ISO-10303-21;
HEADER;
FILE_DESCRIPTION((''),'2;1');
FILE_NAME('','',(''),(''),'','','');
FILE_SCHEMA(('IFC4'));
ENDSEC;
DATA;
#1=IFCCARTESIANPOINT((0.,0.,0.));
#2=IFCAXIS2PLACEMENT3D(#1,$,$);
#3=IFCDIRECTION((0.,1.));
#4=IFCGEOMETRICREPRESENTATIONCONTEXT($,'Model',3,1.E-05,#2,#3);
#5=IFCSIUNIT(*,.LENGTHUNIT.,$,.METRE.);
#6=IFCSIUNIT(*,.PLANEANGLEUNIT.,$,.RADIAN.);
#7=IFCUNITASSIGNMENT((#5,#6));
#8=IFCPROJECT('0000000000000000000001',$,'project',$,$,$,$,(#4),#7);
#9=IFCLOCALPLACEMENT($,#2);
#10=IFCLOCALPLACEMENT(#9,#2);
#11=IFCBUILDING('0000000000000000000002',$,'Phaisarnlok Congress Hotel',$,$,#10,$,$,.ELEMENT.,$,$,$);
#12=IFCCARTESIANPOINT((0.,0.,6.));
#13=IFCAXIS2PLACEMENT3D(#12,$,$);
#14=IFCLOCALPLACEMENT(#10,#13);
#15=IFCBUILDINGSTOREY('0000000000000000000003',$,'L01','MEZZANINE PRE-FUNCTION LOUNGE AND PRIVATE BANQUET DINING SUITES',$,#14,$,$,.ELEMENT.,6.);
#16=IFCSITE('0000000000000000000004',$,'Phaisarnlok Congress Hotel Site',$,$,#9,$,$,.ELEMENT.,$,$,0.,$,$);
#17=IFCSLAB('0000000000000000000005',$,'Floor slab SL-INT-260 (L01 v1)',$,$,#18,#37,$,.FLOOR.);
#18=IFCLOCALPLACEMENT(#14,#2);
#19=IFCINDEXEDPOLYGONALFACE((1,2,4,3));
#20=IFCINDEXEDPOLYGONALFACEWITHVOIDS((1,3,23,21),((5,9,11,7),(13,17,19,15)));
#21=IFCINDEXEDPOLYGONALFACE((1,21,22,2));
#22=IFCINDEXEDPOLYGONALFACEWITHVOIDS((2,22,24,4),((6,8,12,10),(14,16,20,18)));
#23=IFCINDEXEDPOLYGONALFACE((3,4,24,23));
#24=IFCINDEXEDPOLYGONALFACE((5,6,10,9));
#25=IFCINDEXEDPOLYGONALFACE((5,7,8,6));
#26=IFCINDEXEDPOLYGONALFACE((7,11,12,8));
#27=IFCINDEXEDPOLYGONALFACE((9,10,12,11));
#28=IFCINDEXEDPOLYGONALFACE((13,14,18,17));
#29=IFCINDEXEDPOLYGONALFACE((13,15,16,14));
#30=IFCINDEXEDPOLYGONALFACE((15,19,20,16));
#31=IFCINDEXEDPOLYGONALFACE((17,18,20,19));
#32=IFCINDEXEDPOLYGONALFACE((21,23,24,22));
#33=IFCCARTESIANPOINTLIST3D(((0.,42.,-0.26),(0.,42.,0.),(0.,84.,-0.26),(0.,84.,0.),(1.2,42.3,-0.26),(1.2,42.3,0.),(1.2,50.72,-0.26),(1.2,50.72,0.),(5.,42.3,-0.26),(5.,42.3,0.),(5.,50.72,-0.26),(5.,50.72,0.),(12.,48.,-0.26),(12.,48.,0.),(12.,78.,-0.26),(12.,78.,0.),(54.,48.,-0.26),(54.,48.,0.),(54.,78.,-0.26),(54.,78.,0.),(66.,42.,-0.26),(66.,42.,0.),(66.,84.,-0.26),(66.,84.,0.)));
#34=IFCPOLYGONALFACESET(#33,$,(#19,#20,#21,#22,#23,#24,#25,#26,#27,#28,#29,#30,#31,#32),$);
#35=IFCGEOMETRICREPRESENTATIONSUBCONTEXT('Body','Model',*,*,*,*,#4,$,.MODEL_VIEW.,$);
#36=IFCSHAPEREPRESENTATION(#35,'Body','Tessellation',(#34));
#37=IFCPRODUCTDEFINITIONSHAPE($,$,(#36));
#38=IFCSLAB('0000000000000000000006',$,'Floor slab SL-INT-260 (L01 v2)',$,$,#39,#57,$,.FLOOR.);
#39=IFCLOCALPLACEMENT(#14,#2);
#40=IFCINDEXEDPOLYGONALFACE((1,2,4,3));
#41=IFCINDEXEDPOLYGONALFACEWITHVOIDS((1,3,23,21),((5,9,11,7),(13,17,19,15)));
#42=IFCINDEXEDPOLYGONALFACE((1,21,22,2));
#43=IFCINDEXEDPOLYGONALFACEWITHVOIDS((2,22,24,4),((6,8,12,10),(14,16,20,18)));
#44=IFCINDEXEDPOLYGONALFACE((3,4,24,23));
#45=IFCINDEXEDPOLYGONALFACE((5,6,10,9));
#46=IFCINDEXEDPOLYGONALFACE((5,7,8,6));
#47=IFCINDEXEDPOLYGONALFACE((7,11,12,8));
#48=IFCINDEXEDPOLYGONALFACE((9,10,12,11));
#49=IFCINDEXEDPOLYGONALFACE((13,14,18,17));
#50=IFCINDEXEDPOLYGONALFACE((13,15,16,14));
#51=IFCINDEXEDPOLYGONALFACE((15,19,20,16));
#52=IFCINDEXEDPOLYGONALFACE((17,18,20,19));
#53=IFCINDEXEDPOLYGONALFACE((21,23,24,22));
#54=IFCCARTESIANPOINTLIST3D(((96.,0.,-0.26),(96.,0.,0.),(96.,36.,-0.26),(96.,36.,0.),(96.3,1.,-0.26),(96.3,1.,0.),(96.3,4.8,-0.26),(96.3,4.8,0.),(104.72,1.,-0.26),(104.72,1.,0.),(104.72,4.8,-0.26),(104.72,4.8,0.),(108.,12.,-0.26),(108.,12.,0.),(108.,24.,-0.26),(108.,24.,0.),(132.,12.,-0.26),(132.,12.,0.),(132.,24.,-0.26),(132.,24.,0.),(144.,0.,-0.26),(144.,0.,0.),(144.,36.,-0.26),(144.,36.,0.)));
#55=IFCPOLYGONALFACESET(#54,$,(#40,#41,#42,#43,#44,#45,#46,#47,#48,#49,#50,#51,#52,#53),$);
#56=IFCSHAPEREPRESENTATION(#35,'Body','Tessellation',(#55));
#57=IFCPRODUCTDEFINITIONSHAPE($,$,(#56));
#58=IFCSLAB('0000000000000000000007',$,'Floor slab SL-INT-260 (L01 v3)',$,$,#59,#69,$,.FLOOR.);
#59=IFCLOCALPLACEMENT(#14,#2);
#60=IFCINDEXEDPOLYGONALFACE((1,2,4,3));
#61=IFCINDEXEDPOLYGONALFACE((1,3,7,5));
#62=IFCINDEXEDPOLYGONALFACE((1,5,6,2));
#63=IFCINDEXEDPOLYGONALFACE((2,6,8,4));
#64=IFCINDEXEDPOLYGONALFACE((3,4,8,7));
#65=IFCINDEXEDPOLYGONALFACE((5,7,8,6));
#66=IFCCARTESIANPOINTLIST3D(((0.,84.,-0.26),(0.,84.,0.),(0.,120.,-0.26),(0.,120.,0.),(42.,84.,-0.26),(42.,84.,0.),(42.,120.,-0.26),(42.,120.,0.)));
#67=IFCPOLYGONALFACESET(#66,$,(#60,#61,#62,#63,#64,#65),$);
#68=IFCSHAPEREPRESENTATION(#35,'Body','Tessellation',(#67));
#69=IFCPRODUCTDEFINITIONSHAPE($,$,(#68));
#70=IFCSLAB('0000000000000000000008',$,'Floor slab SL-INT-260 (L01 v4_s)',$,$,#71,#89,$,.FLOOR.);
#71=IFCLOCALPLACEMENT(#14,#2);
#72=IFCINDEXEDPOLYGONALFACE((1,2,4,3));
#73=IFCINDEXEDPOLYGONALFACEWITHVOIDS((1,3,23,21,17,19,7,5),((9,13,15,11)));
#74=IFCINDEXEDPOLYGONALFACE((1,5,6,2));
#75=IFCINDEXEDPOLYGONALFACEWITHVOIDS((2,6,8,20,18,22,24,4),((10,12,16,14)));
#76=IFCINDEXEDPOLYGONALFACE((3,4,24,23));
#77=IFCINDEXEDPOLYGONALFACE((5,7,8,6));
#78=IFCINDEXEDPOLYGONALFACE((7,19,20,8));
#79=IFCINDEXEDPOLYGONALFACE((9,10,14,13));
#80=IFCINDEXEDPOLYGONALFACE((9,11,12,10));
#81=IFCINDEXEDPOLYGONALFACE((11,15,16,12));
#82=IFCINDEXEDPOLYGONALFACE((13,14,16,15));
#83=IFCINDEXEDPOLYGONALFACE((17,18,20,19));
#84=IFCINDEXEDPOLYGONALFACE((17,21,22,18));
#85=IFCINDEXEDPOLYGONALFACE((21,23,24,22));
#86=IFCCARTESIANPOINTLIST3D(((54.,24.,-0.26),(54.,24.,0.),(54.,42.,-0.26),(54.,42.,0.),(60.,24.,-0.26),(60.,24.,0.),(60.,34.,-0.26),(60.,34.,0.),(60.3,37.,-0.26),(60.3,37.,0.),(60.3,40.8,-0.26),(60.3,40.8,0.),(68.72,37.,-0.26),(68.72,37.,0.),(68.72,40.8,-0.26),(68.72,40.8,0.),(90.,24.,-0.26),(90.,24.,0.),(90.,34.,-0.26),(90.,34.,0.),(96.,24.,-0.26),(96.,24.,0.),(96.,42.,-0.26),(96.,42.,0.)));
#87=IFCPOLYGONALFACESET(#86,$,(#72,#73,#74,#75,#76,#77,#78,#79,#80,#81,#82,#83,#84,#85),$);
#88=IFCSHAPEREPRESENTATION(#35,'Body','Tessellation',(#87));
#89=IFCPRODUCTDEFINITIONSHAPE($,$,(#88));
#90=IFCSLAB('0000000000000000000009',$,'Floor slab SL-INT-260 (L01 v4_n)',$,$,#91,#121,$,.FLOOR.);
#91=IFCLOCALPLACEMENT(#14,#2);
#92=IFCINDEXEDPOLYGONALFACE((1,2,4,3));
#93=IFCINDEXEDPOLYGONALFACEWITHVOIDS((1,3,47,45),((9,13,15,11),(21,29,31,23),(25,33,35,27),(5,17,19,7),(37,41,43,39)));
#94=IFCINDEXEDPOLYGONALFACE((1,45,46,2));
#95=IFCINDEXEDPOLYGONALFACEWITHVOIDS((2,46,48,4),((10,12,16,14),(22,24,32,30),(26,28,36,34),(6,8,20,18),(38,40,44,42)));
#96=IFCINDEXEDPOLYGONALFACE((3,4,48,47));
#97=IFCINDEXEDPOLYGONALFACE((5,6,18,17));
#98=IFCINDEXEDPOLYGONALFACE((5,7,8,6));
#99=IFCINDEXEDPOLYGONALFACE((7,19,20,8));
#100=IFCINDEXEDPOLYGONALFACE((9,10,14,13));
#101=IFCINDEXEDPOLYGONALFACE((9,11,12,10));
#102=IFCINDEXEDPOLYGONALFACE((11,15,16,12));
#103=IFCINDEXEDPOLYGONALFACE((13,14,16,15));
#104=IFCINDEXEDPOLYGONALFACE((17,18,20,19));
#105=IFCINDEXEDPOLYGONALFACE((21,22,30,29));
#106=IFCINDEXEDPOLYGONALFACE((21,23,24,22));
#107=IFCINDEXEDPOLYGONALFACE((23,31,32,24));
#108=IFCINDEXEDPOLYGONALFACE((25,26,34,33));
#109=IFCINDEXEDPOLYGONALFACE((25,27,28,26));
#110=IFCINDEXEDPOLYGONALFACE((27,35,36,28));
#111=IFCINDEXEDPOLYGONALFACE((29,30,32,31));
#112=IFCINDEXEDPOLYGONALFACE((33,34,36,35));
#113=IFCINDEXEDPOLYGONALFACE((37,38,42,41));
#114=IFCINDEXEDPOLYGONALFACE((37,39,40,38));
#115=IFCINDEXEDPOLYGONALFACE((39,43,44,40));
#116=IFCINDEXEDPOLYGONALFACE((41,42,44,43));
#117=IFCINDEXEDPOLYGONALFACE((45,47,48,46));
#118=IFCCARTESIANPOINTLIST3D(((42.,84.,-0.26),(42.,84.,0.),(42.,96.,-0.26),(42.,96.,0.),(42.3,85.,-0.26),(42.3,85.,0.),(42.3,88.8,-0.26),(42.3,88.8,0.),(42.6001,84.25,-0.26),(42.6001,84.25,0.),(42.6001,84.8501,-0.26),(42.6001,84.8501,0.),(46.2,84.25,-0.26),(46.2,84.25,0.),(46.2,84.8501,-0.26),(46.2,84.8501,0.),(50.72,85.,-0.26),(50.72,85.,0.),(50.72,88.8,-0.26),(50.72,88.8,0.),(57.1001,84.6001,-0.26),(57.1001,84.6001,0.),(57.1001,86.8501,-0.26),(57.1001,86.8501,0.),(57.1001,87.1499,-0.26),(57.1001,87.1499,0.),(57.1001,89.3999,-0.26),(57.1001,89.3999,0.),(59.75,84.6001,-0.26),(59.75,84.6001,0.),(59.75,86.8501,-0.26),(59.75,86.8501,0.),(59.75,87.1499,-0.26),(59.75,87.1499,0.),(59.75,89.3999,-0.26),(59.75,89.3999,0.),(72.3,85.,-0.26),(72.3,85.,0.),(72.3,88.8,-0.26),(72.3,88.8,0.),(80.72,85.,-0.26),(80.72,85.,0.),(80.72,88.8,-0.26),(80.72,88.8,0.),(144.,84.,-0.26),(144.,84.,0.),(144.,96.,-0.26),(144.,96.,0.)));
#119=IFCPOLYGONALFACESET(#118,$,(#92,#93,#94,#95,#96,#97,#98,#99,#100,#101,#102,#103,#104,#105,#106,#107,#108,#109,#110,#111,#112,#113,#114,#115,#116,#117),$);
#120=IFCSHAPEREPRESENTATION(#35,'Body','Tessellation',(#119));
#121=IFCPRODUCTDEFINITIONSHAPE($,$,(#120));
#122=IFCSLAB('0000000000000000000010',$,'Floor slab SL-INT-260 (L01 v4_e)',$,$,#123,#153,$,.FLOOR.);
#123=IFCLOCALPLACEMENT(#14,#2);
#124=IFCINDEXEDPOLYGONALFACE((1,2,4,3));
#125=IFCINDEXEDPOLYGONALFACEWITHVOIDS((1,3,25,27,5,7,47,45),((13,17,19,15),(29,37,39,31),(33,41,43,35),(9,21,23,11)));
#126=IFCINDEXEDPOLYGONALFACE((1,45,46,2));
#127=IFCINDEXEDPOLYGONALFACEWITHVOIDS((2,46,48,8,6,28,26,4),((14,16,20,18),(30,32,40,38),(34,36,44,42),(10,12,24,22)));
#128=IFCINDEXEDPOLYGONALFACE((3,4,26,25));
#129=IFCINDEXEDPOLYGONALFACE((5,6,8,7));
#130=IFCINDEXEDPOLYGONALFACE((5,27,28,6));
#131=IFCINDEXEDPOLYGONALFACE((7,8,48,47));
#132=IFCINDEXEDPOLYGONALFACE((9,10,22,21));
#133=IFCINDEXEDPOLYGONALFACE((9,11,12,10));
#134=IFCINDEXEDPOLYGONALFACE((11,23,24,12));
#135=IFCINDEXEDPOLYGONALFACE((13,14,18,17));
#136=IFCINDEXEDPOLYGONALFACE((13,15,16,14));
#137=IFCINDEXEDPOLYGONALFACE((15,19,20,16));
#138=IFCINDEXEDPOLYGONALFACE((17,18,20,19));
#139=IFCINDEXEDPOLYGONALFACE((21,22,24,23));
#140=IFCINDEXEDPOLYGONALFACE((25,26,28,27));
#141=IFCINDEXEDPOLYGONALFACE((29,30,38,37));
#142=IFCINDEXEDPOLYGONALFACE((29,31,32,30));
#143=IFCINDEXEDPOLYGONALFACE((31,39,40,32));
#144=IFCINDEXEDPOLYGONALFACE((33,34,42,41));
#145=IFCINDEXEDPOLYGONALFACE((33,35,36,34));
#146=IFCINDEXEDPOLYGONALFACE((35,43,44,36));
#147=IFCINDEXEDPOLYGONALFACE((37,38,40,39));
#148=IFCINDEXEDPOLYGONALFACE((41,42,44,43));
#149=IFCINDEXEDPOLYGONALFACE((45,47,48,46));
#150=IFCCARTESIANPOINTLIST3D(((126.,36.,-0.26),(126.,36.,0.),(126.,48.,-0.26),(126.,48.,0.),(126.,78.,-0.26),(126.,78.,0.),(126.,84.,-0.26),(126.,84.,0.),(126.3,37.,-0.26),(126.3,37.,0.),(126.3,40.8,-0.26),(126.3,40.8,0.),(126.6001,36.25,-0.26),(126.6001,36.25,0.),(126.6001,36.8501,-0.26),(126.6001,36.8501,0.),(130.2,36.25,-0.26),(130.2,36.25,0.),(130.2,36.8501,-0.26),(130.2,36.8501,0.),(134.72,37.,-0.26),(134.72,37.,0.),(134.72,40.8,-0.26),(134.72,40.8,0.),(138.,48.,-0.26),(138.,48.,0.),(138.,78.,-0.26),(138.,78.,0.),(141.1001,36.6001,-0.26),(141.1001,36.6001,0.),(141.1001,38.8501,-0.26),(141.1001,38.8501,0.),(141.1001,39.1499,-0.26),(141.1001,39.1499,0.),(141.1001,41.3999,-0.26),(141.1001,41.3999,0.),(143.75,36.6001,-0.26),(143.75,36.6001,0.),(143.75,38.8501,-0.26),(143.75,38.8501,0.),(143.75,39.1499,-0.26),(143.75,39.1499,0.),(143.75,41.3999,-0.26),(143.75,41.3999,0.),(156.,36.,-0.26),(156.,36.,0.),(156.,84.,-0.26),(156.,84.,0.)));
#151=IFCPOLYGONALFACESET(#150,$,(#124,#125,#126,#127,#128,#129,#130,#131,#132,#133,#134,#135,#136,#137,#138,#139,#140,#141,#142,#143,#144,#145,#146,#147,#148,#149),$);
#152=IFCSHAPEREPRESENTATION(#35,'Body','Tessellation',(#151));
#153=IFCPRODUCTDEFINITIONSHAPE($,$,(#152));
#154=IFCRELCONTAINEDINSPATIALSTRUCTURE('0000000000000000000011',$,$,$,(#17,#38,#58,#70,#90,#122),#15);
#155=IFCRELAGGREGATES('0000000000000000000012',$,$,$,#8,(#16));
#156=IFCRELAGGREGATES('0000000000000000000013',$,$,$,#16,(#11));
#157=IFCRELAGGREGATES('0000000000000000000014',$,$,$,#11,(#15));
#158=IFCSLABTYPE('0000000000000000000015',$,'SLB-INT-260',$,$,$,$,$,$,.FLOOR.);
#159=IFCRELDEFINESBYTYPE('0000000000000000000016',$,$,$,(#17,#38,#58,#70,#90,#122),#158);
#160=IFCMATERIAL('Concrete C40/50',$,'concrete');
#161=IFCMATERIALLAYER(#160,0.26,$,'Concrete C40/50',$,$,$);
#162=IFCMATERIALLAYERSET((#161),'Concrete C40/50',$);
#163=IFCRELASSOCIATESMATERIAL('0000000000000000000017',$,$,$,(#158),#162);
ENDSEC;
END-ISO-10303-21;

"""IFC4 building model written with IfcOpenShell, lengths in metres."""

from ifc_helpers import new_model, si_unit, direction, frame, origin, place, context, subcontext, project, spatial, polyline, outline, extrude, material, layer, layer_set, type_object, element, save


model = new_model("IFC4")

# Units and contexts
model_context = context("Model", 3, precision=1e-05, world=origin(), true_north=direction((0.0, 1.0)))
body_context = subcontext(model_context, "Body", "Model", "MODEL_VIEW")
ifc_project = project(units=[si_unit("LENGTHUNIT", "METRE"), si_unit("PLANEANGLEUNIT", "RADIAN")], contexts=[model_context])

# Site, building, storey
site_placement = place(None, origin())
site = spatial("IfcSite", under=ifc_project, at=site_placement, Name="Phaisarnlok Congress Hotel Site", CompositionType="ELEMENT", RefElevation=0.0)
building_placement = place(site_placement, origin())
building = spatial("IfcBuilding", under=site, at=building_placement, Name="Phaisarnlok Congress Hotel", CompositionType="ELEMENT")
storey_placement = place(building_placement, frame((0.0, 0.0, 6.0)))
storey = spatial("IfcBuildingStorey", under=building, at=storey_placement, Name="L01", Description="MEZZANINE PRE-FUNCTION LOUNGE AND PRIVATE BANQUET DINING SUITES", CompositionType="ELEMENT", Elevation=6.0)

# Slabs
ifc_material_1 = material(Name="Concrete C40/50", Category="concrete")
ifc_layer_1 = layer(ifc_material_1, 0.26, Name="Concrete C40/50")
ifc_layer_set_1 = layer_set([ifc_layer_1], Name="Concrete C40/50")
slab_type_1 = type_object("IfcSlabType", Name="SLB-INT-260", PredefinedType="FLOOR", material=ifc_layer_set_1)
slab_1_placement = place(storey_placement, frame((0.0, 0.0, -0.26)))
element("IfcSlab", 1, at=slab_1_placement, inside=storey, type_object=slab_type_1, Name="Floor slab SL-INT-260 (L01 v1)", PredefinedType="FLOOR", context=body_context, shape_type="SweptSolid", body=[
    extrude(outline(polyline([(66.0, 42.0), (66.0, 84.0), (0.0, 84.0), (0.0, 42.0), (66.0, 42.0)]), holes=[polyline([(12.0, 48.0), (54.0, 48.0), (54.0, 78.0), (12.0, 78.0), (12.0, 48.0)]), polyline([(1.2, 50.72), (1.2, 42.3), (5.0, 42.3), (5.0, 50.72), (1.2, 50.72)])]), origin(), (0.0, 0.0, 1.0), 0.26),
])
slab_2_placement = place(storey_placement, frame((0.0, 0.0, -0.26)))
element("IfcSlab", 2, at=slab_2_placement, inside=storey, type_object=slab_type_1, Name="Floor slab SL-INT-260 (L01 v2)", PredefinedType="FLOOR", context=body_context, shape_type="SweptSolid", body=[
    extrude(outline(polyline([(144.0, 0.0), (144.0, 36.0), (96.0, 36.0), (96.0, 0.0), (144.0, 0.0)]), holes=[polyline([(108.0, 12.0), (132.0, 12.0), (132.0, 24.0), (108.0, 24.0), (108.0, 12.0)]), polyline([(104.72, 4.8), (96.3, 4.8), (96.3, 1.0), (104.72, 1.0), (104.72, 4.8)])]), origin(), (0.0, 0.0, 1.0), 0.26),
])
slab_3_placement = place(storey_placement, frame((0.0, 0.0, -0.26)))
element("IfcSlab", 3, at=slab_3_placement, inside=storey, type_object=slab_type_1, Name="Floor slab SL-INT-260 (L01 v3)", PredefinedType="FLOOR", context=body_context, shape_type="SweptSolid", body=[
    extrude(outline(polyline([(42.0, 84.0), (42.0, 120.0), (0.0, 120.0), (0.0, 84.0), (42.0, 84.0)])), origin(), (0.0, 0.0, 1.0), 0.26),
])
slab_4_placement = place(storey_placement, frame((0.0, 0.0, -0.26)))
element("IfcSlab", 4, at=slab_4_placement, inside=storey, type_object=slab_type_1, Name="Floor slab SL-INT-260 (L01 v4_s)", PredefinedType="FLOOR", context=body_context, shape_type="SweptSolid", body=[
    extrude(outline(polyline([(54.0, 24.0), (54.0, 42.0), (96.0, 42.0), (96.0, 24.0), (90.0, 24.0), (90.0, 34.0), (60.0, 34.0), (60.0, 24.0), (54.0, 24.0)]), holes=[polyline([(68.72, 40.8), (60.3, 40.8), (60.3, 37.0), (68.72, 37.0), (68.72, 40.8)])]), origin(), (0.0, 0.0, 1.0), 0.26),
])
slab_5_placement = place(storey_placement, frame((0.0, 0.0, -0.26)))
element("IfcSlab", 5, at=slab_5_placement, inside=storey, type_object=slab_type_1, Name="Floor slab SL-INT-260 (L01 v4_n)", PredefinedType="FLOOR", context=body_context, shape_type="SweptSolid", body=[
    extrude(outline(polyline([(144.0, 84.0), (144.0, 96.0), (42.0, 96.0), (42.0, 84.0), (144.0, 84.0)]), holes=[polyline([(50.72, 88.8), (42.3, 88.8), (42.3, 85.0), (50.72, 85.0), (50.72, 88.8)]), polyline([(80.72, 88.8), (72.3, 88.8), (72.3, 85.0), (80.72, 85.0), (80.72, 88.8)]), polyline([(59.75, 84.6001), (59.75, 86.8501), (57.1001, 86.8501), (57.1001, 84.6001), (59.75, 84.6001)]), polyline([(59.75, 87.1499), (59.75, 89.3999), (57.1001, 89.3999), (57.1001, 87.1499), (59.75, 87.1499)]), polyline([(46.2, 84.25), (46.2, 84.8501), (42.6001, 84.8501), (42.6001, 84.25), (46.2, 84.25)])]), origin(), (0.0, 0.0, 1.0), 0.26),
])
slab_6_placement = place(storey_placement, frame((0.0, 0.0, -0.26)))
element("IfcSlab", 6, at=slab_6_placement, inside=storey, type_object=slab_type_1, Name="Floor slab SL-INT-260 (L01 v4_e)", PredefinedType="FLOOR", context=body_context, shape_type="SweptSolid", body=[
    extrude(outline(polyline([(126.0, 84.0), (156.0, 84.0), (156.0, 36.0), (126.0, 36.0), (126.0, 48.0), (138.0, 48.0), (138.0, 78.0), (126.0, 78.0), (126.0, 84.0)]), holes=[polyline([(134.72, 40.8), (126.3, 40.8), (126.3, 37.0), (134.72, 37.0), (134.72, 40.8)]), polyline([(143.75, 36.6001), (143.75, 38.8501), (141.1001, 38.8501), (141.1001, 36.6001), (143.75, 36.6001)]), polyline([(143.75, 39.1499), (143.75, 41.3999), (141.1001, 41.3999), (141.1001, 39.1499), (143.75, 39.1499)]), polyline([(130.2, 36.25), (130.2, 36.8501), (126.6001, 36.8501), (126.6001, 36.25), (130.2, 36.25)])]), origin(), (0.0, 0.0, 1.0), 0.26),
])

save(model, "model.ifc")
